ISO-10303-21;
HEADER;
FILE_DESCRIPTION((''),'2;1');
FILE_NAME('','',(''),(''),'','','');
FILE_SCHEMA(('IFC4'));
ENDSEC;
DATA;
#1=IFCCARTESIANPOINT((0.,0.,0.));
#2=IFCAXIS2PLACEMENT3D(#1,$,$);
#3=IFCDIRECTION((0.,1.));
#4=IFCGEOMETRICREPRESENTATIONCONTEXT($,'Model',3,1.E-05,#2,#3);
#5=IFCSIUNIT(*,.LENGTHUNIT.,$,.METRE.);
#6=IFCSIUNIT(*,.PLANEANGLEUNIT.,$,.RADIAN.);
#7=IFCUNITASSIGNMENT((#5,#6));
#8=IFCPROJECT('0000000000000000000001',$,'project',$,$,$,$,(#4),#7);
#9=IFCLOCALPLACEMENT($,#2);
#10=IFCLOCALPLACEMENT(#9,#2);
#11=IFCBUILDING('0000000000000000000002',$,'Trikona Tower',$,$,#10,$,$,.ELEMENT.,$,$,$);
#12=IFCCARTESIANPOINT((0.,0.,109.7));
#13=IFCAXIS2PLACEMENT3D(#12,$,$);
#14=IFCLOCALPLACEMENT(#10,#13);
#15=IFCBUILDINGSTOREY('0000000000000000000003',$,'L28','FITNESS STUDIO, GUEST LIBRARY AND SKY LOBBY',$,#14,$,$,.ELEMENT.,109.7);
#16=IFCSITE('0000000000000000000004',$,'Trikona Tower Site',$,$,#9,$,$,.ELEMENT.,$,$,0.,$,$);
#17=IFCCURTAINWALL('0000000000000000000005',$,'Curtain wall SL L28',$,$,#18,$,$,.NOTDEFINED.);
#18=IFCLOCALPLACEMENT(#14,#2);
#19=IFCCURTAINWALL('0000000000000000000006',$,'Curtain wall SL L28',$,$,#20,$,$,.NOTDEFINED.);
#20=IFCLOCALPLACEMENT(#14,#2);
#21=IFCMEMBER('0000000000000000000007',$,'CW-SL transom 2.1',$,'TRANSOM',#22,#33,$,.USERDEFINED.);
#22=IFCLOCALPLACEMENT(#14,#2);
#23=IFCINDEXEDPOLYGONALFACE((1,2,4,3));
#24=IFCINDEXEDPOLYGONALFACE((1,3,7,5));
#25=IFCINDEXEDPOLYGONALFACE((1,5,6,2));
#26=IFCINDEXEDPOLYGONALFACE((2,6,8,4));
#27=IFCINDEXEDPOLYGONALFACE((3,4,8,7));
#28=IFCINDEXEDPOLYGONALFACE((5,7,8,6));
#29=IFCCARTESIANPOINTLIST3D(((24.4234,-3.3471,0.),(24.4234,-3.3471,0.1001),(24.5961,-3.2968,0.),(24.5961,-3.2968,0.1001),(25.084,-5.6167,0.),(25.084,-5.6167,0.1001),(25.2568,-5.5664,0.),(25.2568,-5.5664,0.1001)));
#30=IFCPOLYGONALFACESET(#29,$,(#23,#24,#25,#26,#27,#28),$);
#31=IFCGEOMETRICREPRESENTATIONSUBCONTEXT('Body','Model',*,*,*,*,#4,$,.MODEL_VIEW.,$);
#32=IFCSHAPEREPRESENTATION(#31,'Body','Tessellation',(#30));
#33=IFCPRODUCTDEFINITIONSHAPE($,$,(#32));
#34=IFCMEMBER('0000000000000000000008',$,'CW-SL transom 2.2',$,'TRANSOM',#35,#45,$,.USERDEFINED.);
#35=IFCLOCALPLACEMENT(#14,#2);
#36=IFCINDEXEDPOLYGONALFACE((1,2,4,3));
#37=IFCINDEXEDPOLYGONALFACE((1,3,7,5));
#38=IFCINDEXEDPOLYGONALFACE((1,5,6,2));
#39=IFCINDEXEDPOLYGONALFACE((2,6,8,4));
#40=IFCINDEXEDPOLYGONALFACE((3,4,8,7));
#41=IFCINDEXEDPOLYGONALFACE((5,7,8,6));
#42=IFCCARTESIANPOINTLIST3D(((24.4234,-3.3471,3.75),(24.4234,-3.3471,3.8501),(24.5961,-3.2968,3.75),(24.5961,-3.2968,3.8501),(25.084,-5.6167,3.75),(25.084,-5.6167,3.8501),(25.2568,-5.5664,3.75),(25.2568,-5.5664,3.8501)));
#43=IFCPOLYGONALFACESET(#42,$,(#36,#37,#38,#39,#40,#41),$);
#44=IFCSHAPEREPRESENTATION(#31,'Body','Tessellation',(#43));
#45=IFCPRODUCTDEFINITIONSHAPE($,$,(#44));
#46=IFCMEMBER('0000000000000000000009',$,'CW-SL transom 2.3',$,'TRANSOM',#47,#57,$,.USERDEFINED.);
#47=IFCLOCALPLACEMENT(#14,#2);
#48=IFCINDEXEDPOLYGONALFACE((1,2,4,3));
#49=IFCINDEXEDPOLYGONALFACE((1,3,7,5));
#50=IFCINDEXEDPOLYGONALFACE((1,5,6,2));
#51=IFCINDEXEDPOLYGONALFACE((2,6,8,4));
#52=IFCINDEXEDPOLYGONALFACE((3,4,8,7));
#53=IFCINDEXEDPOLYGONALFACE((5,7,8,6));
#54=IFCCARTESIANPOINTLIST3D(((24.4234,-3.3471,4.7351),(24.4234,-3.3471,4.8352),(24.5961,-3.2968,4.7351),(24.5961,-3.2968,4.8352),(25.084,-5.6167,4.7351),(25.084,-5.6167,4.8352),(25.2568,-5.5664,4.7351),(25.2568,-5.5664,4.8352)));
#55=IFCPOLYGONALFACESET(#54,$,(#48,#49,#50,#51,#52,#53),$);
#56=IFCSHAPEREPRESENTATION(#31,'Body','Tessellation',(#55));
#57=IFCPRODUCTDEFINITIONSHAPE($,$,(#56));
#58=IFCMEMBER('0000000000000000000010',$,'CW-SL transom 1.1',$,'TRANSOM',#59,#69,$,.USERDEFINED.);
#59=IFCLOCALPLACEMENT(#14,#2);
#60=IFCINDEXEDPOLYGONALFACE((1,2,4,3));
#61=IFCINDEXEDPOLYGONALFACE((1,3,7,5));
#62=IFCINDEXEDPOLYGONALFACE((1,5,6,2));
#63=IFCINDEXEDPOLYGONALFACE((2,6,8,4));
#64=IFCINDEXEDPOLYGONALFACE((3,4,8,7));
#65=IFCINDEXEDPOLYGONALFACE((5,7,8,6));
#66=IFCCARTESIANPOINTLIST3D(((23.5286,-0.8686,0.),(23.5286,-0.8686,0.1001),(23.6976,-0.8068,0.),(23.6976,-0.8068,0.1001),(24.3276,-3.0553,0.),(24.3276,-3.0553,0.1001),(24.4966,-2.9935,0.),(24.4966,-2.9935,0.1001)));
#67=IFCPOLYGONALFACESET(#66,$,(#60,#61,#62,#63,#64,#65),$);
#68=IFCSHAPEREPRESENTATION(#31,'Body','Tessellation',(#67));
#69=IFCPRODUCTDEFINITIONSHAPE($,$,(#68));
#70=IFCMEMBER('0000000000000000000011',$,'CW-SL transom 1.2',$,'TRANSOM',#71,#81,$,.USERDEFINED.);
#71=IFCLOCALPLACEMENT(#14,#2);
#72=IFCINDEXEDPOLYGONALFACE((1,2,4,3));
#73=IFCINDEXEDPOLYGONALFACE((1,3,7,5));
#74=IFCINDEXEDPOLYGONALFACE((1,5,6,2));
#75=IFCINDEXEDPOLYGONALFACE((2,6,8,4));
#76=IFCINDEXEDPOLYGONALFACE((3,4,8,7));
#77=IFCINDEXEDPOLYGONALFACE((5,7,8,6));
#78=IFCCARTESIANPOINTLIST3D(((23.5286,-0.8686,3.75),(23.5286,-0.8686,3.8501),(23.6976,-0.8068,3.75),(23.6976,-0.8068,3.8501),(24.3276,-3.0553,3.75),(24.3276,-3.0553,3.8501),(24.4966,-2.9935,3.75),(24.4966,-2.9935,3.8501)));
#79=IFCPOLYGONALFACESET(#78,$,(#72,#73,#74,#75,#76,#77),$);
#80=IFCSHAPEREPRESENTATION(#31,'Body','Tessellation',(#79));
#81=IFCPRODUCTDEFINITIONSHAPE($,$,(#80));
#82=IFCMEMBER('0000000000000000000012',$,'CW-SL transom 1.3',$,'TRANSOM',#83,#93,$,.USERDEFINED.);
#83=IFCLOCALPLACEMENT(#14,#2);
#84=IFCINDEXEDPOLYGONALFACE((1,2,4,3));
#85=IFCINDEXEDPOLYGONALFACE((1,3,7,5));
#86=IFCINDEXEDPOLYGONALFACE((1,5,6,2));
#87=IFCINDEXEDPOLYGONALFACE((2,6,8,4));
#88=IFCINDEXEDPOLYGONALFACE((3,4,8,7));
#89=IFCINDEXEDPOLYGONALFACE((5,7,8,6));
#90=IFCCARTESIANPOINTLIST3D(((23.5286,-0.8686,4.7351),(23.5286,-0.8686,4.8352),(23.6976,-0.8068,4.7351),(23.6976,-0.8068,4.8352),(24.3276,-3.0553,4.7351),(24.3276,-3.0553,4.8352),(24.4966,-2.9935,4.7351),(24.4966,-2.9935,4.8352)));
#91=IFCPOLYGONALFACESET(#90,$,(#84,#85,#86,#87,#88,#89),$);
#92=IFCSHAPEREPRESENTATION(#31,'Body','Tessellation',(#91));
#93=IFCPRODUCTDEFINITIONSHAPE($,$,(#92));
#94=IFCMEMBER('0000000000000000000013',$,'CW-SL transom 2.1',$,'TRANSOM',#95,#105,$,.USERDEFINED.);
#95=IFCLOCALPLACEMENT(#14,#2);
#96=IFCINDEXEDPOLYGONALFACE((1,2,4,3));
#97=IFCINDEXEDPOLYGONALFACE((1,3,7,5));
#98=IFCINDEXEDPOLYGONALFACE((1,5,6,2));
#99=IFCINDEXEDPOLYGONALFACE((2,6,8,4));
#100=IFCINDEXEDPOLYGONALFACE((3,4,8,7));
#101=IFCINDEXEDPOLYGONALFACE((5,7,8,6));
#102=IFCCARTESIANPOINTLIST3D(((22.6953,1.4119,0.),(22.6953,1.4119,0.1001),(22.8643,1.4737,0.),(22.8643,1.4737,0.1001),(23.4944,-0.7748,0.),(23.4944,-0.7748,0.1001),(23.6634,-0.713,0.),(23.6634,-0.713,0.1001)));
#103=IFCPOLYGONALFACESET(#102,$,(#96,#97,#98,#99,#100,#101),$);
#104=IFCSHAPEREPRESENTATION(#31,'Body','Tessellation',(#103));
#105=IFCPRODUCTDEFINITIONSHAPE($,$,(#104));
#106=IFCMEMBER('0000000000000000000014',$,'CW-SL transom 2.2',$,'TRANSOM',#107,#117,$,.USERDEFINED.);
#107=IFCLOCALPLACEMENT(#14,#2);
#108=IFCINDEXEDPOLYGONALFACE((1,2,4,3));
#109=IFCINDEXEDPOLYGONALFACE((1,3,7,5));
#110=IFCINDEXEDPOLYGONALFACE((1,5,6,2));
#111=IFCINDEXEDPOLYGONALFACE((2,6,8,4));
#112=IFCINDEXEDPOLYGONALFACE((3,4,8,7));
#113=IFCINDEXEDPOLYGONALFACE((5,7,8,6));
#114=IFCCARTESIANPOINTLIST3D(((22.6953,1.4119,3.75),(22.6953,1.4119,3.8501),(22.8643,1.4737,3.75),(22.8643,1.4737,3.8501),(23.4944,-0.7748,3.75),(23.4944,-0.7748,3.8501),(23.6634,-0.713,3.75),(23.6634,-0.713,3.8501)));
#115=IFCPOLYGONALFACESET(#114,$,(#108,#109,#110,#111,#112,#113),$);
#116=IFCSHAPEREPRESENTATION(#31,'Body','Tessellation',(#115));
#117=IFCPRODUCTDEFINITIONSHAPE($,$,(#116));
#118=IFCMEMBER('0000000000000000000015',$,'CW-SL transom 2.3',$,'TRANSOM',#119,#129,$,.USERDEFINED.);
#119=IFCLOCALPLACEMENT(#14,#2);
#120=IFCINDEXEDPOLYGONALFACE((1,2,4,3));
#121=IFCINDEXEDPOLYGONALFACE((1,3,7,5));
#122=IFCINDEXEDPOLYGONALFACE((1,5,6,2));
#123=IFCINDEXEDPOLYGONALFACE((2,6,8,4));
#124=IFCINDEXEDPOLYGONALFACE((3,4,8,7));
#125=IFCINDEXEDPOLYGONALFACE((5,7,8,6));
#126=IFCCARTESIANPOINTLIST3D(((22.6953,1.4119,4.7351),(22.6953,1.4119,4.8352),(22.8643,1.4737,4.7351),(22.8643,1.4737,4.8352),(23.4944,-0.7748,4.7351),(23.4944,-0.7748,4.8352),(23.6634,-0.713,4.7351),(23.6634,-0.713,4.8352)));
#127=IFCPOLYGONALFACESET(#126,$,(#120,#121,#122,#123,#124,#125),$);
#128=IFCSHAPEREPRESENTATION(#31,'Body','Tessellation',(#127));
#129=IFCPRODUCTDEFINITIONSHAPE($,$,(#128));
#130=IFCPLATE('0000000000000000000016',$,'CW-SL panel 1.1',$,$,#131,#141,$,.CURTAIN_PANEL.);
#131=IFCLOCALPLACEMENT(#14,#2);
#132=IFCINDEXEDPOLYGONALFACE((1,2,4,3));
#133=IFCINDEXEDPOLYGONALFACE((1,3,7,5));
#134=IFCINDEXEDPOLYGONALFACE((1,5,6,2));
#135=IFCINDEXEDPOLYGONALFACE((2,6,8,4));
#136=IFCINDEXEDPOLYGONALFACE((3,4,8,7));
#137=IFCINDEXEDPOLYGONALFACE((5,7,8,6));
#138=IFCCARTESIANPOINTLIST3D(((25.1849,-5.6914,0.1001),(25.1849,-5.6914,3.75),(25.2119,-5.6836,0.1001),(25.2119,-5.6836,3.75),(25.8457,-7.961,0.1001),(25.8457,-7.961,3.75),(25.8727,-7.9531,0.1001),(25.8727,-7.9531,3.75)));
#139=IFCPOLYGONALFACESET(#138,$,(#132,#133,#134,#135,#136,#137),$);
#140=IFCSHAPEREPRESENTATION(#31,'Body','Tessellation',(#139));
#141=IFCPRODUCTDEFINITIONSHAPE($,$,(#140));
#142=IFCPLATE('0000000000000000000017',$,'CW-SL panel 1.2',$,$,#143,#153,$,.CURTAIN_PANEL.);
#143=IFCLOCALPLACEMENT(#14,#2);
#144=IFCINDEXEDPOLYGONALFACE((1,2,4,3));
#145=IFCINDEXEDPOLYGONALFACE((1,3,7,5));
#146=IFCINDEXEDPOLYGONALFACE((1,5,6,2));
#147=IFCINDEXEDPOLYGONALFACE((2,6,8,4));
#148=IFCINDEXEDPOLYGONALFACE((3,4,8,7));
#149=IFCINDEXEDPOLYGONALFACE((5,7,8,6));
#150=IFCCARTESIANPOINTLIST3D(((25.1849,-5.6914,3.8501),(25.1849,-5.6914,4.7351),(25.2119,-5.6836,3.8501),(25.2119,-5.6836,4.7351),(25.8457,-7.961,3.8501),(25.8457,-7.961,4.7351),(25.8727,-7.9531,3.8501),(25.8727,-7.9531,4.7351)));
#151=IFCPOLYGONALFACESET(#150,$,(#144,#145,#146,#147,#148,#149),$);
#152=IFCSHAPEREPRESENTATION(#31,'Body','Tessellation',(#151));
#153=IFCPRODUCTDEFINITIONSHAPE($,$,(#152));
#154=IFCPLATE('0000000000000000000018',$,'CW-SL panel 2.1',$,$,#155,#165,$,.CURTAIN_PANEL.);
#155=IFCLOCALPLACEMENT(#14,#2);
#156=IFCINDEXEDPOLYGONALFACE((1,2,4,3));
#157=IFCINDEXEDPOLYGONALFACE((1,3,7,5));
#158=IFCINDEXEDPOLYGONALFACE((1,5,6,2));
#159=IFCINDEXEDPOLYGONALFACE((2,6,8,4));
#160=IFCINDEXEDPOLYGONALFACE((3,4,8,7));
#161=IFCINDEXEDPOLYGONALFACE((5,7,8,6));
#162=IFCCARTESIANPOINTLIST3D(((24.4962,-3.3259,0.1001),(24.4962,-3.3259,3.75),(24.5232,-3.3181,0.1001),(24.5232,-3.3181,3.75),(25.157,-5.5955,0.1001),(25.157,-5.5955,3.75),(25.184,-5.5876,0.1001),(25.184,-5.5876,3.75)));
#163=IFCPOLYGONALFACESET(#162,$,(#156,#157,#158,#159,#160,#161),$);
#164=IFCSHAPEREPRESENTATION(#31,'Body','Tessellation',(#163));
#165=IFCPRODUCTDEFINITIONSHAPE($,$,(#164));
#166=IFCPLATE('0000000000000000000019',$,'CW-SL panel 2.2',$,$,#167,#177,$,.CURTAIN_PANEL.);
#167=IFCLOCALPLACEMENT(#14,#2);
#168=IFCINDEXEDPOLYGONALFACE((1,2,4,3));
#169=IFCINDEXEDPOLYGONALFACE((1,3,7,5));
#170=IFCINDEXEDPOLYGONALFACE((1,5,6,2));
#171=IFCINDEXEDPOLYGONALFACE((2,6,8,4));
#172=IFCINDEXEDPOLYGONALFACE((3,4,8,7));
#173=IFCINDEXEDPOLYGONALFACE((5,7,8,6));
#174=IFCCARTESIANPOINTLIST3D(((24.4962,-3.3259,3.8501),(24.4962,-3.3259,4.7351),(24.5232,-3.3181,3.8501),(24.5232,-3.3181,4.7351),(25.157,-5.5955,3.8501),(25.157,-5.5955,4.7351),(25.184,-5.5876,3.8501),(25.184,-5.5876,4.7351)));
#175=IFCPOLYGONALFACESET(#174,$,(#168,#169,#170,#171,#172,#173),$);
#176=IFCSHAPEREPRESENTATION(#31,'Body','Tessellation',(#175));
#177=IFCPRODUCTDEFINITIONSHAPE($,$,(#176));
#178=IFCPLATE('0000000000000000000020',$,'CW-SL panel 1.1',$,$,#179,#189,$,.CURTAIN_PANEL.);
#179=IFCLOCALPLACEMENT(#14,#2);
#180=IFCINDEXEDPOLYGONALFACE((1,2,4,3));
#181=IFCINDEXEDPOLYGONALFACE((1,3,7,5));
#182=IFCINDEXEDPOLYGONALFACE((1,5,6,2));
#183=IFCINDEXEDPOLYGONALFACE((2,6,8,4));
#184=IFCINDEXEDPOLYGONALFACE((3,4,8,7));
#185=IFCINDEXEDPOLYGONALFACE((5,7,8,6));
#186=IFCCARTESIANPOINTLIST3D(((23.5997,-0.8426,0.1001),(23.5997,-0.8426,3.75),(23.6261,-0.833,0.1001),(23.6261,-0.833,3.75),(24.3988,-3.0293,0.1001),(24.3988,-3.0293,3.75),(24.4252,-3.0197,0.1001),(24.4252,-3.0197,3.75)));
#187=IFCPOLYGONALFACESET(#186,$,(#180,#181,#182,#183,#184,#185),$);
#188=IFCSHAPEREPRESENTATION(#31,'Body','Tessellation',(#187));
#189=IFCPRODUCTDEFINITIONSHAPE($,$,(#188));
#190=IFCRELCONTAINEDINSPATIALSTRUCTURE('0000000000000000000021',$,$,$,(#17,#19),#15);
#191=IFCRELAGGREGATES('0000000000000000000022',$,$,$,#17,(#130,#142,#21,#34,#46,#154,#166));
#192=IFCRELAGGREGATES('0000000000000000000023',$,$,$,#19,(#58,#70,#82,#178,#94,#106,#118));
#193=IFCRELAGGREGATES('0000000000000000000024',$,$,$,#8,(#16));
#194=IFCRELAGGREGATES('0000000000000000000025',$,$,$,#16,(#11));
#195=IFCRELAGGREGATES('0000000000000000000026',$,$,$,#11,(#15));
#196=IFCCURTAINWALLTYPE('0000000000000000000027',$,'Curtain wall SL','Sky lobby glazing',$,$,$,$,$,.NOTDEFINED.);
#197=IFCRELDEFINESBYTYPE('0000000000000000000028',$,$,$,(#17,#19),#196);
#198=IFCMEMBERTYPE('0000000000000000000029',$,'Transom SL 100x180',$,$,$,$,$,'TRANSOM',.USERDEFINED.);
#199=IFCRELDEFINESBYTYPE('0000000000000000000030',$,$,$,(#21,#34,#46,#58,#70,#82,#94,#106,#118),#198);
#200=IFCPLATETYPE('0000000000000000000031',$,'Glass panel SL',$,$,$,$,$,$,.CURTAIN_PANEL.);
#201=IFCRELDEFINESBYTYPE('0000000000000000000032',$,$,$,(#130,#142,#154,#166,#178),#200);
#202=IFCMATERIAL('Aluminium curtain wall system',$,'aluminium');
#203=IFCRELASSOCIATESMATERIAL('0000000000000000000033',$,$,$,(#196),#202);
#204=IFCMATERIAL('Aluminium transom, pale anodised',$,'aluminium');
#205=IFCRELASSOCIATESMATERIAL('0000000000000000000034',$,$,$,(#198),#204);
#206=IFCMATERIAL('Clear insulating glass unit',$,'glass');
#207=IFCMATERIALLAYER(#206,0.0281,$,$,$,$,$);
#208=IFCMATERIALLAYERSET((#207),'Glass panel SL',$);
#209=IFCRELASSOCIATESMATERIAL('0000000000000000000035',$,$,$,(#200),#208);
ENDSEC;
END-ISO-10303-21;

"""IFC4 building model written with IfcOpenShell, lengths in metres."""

from ifc_helpers import new_model, si_unit, direction, frame, origin, origin_2d, place, context, subcontext, project, spatial, rectangle, extrude, material, layer, layer_set, material_profile, profile_set, type_object, element, aggregate, save


model = new_model("IFC4")

# Units and contexts
model_context = context("Model", 3, precision=1e-05, world=origin(), true_north=direction((0.0, 1.0)))
body_context = subcontext(model_context, "Body", "Model", "MODEL_VIEW")
ifc_project = project(units=[si_unit("LENGTHUNIT", "METRE"), si_unit("PLANEANGLEUNIT", "RADIAN")], contexts=[model_context])

# Site, building, storey
site_placement = place(None, origin())
site = spatial("IfcSite", under=ifc_project, at=site_placement, Name="Trikona Tower Site", CompositionType="ELEMENT", RefElevation=0.0)
building_placement = place(site_placement, origin())
building = spatial("IfcBuilding", under=site, at=building_placement, Name="Trikona Tower", CompositionType="ELEMENT")
storey_placement = place(building_placement, frame((0.0, 0.0, 109.7)))
storey = spatial("IfcBuildingStorey", under=building, at=storey_placement, Name="L28", Description="FITNESS STUDIO, GUEST LIBRARY AND SKY LOBBY", CompositionType="ELEMENT", Elevation=109.7)

# Curtain walls
ifc_material_1 = material(Name="Aluminium curtain wall system", Category="aluminium")
curtain_wall_type = type_object("IfcCurtainWallType", Name="Curtain wall SL", Description="Sky lobby glazing", PredefinedType="NOTDEFINED", material=ifc_material_1)
curtain_wall_1_placement = place(storey_placement, origin())
curtain_wall_1 = element("IfcCurtainWall", 1, at=curtain_wall_1_placement, inside=storey, type_object=curtain_wall_type, Name="Curtain wall SL L28", PredefinedType="NOTDEFINED")
curtain_wall_2_placement = place(storey_placement, origin())
curtain_wall_2 = element("IfcCurtainWall", 2, at=curtain_wall_2_placement, inside=storey, type_object=curtain_wall_type, Name="Curtain wall SL L28", PredefinedType="NOTDEFINED")

# Members
ifc_material_2 = material(Name="Aluminium transom, pale anodised", Category="aluminium")
ifc_material_profile_1 = material_profile(ifc_material_2, rectangle(XDim=0.1799, YDim=0.1001, at=origin_2d()), Name="TRN-SL")
ifc_profile_set_1 = profile_set([ifc_material_profile_1], Name="Aluminium transom, pale anodised")
member_type_1 = type_object("IfcMemberType", Name="Transom SL 100x180", ElementType="TRANSOM", PredefinedType="USERDEFINED", material=ifc_profile_set_1)
member_1_placement = place(storey_placement, frame((25.1704, -5.5916, 0.05), z_axis=(-0.279492, 0.960148, 0.0), x_axis=(-0.960148, -0.279492, 0.0)))
member_1 = element("IfcMember", 3, at=member_1_placement, type_object=member_type_1, Name="CW-SL transom 2.1", ObjectType="TRANSOM", PredefinedType="USERDEFINED", context=body_context, shape_type="SweptSolid", body=[
    extrude(rectangle(XDim=0.1799, YDim=0.1001, at=origin_2d()), origin(), (0.0, 0.0, 1.0), 2.3638),
])
member_2_placement = place(storey_placement, frame((25.1704, -5.5916, 3.8), z_axis=(-0.279492, 0.960148, 0.0), x_axis=(-0.960148, -0.279492, 0.0)))
member_2 = element("IfcMember", 4, at=member_2_placement, type_object=member_type_1, Name="CW-SL transom 2.2", ObjectType="TRANSOM", PredefinedType="USERDEFINED", context=body_context, shape_type="SweptSolid", body=[
    extrude(rectangle(XDim=0.1799, YDim=0.1001, at=origin_2d()), origin(), (0.0, 0.0, 1.0), 2.3638),
])
member_3_placement = place(storey_placement, frame((25.1704, -5.5916, 4.7852), z_axis=(-0.279492, 0.960148, 0.0), x_axis=(-0.960148, -0.279492, 0.0)))
member_3 = element("IfcMember", 5, at=member_3_placement, type_object=member_type_1, Name="CW-SL transom 2.3", ObjectType="TRANSOM", PredefinedType="USERDEFINED", context=body_context, shape_type="SweptSolid", body=[
    extrude(rectangle(XDim=0.1799, YDim=0.1001, at=origin_2d()), origin(), (0.0, 0.0, 1.0), 2.3638),
])
member_4_placement = place(storey_placement, frame((24.4121, -3.0244, 0.05), z_axis=(-0.343216, 0.939256, 0.0), x_axis=(-0.939256, -0.343216, 0.0)))
member_4 = element("IfcMember", 6, at=member_4_placement, type_object=member_type_1, Name="CW-SL transom 1.1", ObjectType="TRANSOM", PredefinedType="USERDEFINED", context=body_context, shape_type="SweptSolid", body=[
    extrude(rectangle(XDim=0.1799, YDim=0.1001, at=origin_2d()), origin(), (0.0, 0.0, 1.0), 2.3281),
])
member_5_placement = place(storey_placement, frame((24.4121, -3.0244, 3.8), z_axis=(-0.343216, 0.939256, 0.0), x_axis=(-0.939256, -0.343216, 0.0)))
member_5 = element("IfcMember", 7, at=member_5_placement, type_object=member_type_1, Name="CW-SL transom 1.2", ObjectType="TRANSOM", PredefinedType="USERDEFINED", context=body_context, shape_type="SweptSolid", body=[
    extrude(rectangle(XDim=0.1799, YDim=0.1001, at=origin_2d()), origin(), (0.0, 0.0, 1.0), 2.3281),
])
member_6_placement = place(storey_placement, frame((24.4121, -3.0244, 4.7852), z_axis=(-0.343216, 0.939256, 0.0), x_axis=(-0.939256, -0.343216, 0.0)))
member_6 = element("IfcMember", 8, at=member_6_placement, type_object=member_type_1, Name="CW-SL transom 1.3", ObjectType="TRANSOM", PredefinedType="USERDEFINED", context=body_context, shape_type="SweptSolid", body=[
    extrude(rectangle(XDim=0.1799, YDim=0.1001, at=origin_2d()), origin(), (0.0, 0.0, 1.0), 2.3281),
])
member_7_placement = place(storey_placement, frame((23.5789, -0.7439, 0.05), z_axis=(-0.343216, 0.939256, 0.0), x_axis=(-0.939256, -0.343216, 0.0)))
member_7 = element("IfcMember", 9, at=member_7_placement, type_object=member_type_1, Name="CW-SL transom 2.1", ObjectType="TRANSOM", PredefinedType="USERDEFINED", context=body_context, shape_type="SweptSolid", body=[
    extrude(rectangle(XDim=0.1799, YDim=0.1001, at=origin_2d()), origin(), (0.0, 0.0, 1.0), 2.3281),
])
member_8_placement = place(storey_placement, frame((23.5789, -0.7439, 3.8), z_axis=(-0.343216, 0.939256, 0.0), x_axis=(-0.939256, -0.343216, 0.0)))
member_8 = element("IfcMember", 10, at=member_8_placement, type_object=member_type_1, Name="CW-SL transom 2.2", ObjectType="TRANSOM", PredefinedType="USERDEFINED", context=body_context, shape_type="SweptSolid", body=[
    extrude(rectangle(XDim=0.1799, YDim=0.1001, at=origin_2d()), origin(), (0.0, 0.0, 1.0), 2.3281),
])
member_9_placement = place(storey_placement, frame((23.5789, -0.7439, 4.7852), z_axis=(-0.343216, 0.939256, 0.0), x_axis=(-0.939256, -0.343216, 0.0)))
member_9 = element("IfcMember", 11, at=member_9_placement, type_object=member_type_1, Name="CW-SL transom 2.3", ObjectType="TRANSOM", PredefinedType="USERDEFINED", context=body_context, shape_type="SweptSolid", body=[
    extrude(rectangle(XDim=0.1799, YDim=0.1001, at=origin_2d()), origin(), (0.0, 0.0, 1.0), 2.3281),
])

# Plates
ifc_material_3 = material(Name="Clear insulating glass unit", Category="glass")
ifc_layer_1 = layer(ifc_material_3, 0.0281)
ifc_layer_set_1 = layer_set([ifc_layer_1], Name="Glass panel SL")
plate_type = type_object("IfcPlateType", Name="Glass panel SL", PredefinedType="CURTAIN_PANEL", material=ifc_layer_set_1)
plate_1_placement = place(storey_placement, frame((25.5288, -6.8223, 0.1001), z_axis=(0.0, 0.0, 1.0), x_axis=(-0.279549, 0.960132, 0.0)))
plate_1 = element("IfcPlate", 12, at=plate_1_placement, type_object=plate_type, Name="CW-SL panel 1.1", PredefinedType="CURTAIN_PANEL", context=body_context, shape_type="SweptSolid", body=[
    extrude(rectangle(XDim=2.3638, YDim=0.0281, at=origin_2d()), origin(), (0.0, 0.0, 1.0), 3.6499),
])
plate_2_placement = place(storey_placement, frame((25.5288, -6.8223, 3.8501), z_axis=(0.0, 0.0, 1.0), x_axis=(-0.279549, 0.960132, 0.0)))
plate_2 = element("IfcPlate", 13, at=plate_2_placement, type_object=plate_type, Name="CW-SL panel 1.2", PredefinedType="CURTAIN_PANEL", context=body_context, shape_type="SweptSolid", body=[
    extrude(rectangle(XDim=2.3638, YDim=0.0281, at=origin_2d()), origin(), (0.0, 0.0, 1.0), 0.885),
])
plate_3_placement = place(storey_placement, frame((24.8401, -4.4568, 0.1001), z_axis=(0.0, 0.0, 1.0), x_axis=(-0.279549, 0.960132, 0.0)))
plate_3 = element("IfcPlate", 14, at=plate_3_placement, type_object=plate_type, Name="CW-SL panel 2.1", PredefinedType="CURTAIN_PANEL", context=body_context, shape_type="SweptSolid", body=[
    extrude(rectangle(XDim=2.3638, YDim=0.0281, at=origin_2d()), origin(), (0.0, 0.0, 1.0), 3.6499),
])
plate_4_placement = place(storey_placement, frame((24.8401, -4.4568, 3.8501), z_axis=(0.0, 0.0, 1.0), x_axis=(-0.279549, 0.960132, 0.0)))
plate_4 = element("IfcPlate", 15, at=plate_4_placement, type_object=plate_type, Name="CW-SL panel 2.2", PredefinedType="CURTAIN_PANEL", context=body_context, shape_type="SweptSolid", body=[
    extrude(rectangle(XDim=2.3638, YDim=0.0281, at=origin_2d()), origin(), (0.0, 0.0, 1.0), 0.885),
])
aggregate(curtain_wall_1, [plate_1, plate_2, member_1, member_2, member_3, plate_3, plate_4])
plate_5_placement = place(storey_placement, frame((24.0125, -1.9312, 0.1001), z_axis=(0.0, 0.0, 1.0), x_axis=(-0.343217, 0.939256, 0.0)))
plate_5 = element("IfcPlate", 16, at=plate_5_placement, type_object=plate_type, Name="CW-SL panel 1.1", PredefinedType="CURTAIN_PANEL", context=body_context, shape_type="SweptSolid", body=[
    extrude(rectangle(XDim=2.3281, YDim=0.0281, at=origin_2d()), origin(), (0.0, 0.0, 1.0), 3.6499),
])
aggregate(curtain_wall_2, [member_4, member_5, member_6, plate_5, member_7, member_8, member_9])

save(model, "model.ifc")
